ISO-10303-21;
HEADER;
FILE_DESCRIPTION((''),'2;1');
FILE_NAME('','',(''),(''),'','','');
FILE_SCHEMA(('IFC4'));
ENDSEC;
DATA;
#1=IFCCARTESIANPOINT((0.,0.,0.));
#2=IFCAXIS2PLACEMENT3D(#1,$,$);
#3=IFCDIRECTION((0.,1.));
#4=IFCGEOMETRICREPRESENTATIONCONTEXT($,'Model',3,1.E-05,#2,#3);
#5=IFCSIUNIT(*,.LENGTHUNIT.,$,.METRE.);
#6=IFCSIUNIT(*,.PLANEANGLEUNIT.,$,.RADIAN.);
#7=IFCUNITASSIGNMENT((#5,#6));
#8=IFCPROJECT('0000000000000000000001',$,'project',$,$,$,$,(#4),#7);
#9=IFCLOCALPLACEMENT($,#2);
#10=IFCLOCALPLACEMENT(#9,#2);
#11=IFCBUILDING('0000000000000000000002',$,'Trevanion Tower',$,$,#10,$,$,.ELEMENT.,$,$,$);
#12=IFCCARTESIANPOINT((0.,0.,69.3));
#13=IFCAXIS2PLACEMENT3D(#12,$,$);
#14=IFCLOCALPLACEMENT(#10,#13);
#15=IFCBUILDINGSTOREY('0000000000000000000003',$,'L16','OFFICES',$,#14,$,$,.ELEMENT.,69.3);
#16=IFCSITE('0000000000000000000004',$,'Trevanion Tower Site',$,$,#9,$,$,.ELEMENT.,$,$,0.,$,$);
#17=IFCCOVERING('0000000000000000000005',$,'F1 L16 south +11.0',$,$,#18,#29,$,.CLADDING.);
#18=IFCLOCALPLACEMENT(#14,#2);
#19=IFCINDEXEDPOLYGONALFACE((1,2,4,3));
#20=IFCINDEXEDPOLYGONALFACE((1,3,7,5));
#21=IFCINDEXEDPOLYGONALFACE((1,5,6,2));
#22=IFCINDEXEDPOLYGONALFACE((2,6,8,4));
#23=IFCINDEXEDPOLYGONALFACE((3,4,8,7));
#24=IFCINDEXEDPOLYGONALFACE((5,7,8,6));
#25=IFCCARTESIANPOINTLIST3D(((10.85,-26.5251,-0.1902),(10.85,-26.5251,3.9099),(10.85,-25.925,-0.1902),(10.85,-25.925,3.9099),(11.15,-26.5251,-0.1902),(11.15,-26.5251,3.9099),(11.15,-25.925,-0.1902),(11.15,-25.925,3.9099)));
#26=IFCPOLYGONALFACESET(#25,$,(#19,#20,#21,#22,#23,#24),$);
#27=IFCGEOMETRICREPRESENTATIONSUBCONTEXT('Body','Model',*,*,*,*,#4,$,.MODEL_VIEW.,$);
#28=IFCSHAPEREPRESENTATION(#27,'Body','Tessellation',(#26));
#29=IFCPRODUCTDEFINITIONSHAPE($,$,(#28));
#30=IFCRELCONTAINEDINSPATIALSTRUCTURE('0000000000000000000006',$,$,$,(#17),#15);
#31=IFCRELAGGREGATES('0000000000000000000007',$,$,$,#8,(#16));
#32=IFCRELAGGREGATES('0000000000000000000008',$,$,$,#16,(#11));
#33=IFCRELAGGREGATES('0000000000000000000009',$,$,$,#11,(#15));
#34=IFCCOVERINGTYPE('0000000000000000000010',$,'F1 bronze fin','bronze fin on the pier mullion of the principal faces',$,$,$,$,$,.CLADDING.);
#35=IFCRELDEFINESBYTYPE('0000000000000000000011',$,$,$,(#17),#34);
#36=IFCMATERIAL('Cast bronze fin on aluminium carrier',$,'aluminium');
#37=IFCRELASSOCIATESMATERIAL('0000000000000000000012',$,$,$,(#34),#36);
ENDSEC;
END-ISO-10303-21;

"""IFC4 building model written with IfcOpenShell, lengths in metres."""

from ifc_helpers import new_model, si_unit, direction, frame, origin, origin_2d, place, context, subcontext, project, spatial, rectangle, extrude, material, type_object, element, save


model = new_model("IFC4")

# Units and contexts
model_context = context("Model", 3, precision=1e-05, world=origin(), true_north=direction((0.0, 1.0)))
body_context = subcontext(model_context, "Body", "Model", "MODEL_VIEW")
ifc_project = project(units=[si_unit("LENGTHUNIT", "METRE"), si_unit("PLANEANGLEUNIT", "RADIAN")], contexts=[model_context])

# Site, building, storey
site_placement = place(None, origin())
site = spatial("IfcSite", under=ifc_project, at=site_placement, Name="Trevanion Tower Site", CompositionType="ELEMENT", RefElevation=0.0)
building_placement = place(site_placement, origin())
building = spatial("IfcBuilding", under=site, at=building_placement, Name="Trevanion Tower", CompositionType="ELEMENT")
storey_placement = place(building_placement, frame((0.0, 0.0, 69.3)))
storey = spatial("IfcBuildingStorey", under=building, at=storey_placement, Name="L16", Description="OFFICES", CompositionType="ELEMENT", Elevation=69.3)

# Covering
ifc_material_1 = material(Name="Cast bronze fin on aluminium carrier", Category="aluminium")
covering_type = type_object("IfcCoveringType", Name="F1 bronze fin", Description="bronze fin on the pier mullion of the principal faces", PredefinedType="CLADDING", material=ifc_material_1)
covering_placement = place(storey_placement, frame((11.0, -26.2251, -0.1902), z_axis=(0.0, 0.0, 1.0), x_axis=(1.0, 0.0, 0.0)))
element("IfcCovering", 1, at=covering_placement, inside=storey, type_object=covering_type, Name="F1 L16 south +11.0", PredefinedType="CLADDING", context=body_context, shape_type="SweptSolid", body=[
    extrude(rectangle(XDim=0.3, YDim=0.6001, at=origin_2d()), origin(), (0.0, 0.0, 1.0), 4.1001),
])

save(model, "model.ifc")
